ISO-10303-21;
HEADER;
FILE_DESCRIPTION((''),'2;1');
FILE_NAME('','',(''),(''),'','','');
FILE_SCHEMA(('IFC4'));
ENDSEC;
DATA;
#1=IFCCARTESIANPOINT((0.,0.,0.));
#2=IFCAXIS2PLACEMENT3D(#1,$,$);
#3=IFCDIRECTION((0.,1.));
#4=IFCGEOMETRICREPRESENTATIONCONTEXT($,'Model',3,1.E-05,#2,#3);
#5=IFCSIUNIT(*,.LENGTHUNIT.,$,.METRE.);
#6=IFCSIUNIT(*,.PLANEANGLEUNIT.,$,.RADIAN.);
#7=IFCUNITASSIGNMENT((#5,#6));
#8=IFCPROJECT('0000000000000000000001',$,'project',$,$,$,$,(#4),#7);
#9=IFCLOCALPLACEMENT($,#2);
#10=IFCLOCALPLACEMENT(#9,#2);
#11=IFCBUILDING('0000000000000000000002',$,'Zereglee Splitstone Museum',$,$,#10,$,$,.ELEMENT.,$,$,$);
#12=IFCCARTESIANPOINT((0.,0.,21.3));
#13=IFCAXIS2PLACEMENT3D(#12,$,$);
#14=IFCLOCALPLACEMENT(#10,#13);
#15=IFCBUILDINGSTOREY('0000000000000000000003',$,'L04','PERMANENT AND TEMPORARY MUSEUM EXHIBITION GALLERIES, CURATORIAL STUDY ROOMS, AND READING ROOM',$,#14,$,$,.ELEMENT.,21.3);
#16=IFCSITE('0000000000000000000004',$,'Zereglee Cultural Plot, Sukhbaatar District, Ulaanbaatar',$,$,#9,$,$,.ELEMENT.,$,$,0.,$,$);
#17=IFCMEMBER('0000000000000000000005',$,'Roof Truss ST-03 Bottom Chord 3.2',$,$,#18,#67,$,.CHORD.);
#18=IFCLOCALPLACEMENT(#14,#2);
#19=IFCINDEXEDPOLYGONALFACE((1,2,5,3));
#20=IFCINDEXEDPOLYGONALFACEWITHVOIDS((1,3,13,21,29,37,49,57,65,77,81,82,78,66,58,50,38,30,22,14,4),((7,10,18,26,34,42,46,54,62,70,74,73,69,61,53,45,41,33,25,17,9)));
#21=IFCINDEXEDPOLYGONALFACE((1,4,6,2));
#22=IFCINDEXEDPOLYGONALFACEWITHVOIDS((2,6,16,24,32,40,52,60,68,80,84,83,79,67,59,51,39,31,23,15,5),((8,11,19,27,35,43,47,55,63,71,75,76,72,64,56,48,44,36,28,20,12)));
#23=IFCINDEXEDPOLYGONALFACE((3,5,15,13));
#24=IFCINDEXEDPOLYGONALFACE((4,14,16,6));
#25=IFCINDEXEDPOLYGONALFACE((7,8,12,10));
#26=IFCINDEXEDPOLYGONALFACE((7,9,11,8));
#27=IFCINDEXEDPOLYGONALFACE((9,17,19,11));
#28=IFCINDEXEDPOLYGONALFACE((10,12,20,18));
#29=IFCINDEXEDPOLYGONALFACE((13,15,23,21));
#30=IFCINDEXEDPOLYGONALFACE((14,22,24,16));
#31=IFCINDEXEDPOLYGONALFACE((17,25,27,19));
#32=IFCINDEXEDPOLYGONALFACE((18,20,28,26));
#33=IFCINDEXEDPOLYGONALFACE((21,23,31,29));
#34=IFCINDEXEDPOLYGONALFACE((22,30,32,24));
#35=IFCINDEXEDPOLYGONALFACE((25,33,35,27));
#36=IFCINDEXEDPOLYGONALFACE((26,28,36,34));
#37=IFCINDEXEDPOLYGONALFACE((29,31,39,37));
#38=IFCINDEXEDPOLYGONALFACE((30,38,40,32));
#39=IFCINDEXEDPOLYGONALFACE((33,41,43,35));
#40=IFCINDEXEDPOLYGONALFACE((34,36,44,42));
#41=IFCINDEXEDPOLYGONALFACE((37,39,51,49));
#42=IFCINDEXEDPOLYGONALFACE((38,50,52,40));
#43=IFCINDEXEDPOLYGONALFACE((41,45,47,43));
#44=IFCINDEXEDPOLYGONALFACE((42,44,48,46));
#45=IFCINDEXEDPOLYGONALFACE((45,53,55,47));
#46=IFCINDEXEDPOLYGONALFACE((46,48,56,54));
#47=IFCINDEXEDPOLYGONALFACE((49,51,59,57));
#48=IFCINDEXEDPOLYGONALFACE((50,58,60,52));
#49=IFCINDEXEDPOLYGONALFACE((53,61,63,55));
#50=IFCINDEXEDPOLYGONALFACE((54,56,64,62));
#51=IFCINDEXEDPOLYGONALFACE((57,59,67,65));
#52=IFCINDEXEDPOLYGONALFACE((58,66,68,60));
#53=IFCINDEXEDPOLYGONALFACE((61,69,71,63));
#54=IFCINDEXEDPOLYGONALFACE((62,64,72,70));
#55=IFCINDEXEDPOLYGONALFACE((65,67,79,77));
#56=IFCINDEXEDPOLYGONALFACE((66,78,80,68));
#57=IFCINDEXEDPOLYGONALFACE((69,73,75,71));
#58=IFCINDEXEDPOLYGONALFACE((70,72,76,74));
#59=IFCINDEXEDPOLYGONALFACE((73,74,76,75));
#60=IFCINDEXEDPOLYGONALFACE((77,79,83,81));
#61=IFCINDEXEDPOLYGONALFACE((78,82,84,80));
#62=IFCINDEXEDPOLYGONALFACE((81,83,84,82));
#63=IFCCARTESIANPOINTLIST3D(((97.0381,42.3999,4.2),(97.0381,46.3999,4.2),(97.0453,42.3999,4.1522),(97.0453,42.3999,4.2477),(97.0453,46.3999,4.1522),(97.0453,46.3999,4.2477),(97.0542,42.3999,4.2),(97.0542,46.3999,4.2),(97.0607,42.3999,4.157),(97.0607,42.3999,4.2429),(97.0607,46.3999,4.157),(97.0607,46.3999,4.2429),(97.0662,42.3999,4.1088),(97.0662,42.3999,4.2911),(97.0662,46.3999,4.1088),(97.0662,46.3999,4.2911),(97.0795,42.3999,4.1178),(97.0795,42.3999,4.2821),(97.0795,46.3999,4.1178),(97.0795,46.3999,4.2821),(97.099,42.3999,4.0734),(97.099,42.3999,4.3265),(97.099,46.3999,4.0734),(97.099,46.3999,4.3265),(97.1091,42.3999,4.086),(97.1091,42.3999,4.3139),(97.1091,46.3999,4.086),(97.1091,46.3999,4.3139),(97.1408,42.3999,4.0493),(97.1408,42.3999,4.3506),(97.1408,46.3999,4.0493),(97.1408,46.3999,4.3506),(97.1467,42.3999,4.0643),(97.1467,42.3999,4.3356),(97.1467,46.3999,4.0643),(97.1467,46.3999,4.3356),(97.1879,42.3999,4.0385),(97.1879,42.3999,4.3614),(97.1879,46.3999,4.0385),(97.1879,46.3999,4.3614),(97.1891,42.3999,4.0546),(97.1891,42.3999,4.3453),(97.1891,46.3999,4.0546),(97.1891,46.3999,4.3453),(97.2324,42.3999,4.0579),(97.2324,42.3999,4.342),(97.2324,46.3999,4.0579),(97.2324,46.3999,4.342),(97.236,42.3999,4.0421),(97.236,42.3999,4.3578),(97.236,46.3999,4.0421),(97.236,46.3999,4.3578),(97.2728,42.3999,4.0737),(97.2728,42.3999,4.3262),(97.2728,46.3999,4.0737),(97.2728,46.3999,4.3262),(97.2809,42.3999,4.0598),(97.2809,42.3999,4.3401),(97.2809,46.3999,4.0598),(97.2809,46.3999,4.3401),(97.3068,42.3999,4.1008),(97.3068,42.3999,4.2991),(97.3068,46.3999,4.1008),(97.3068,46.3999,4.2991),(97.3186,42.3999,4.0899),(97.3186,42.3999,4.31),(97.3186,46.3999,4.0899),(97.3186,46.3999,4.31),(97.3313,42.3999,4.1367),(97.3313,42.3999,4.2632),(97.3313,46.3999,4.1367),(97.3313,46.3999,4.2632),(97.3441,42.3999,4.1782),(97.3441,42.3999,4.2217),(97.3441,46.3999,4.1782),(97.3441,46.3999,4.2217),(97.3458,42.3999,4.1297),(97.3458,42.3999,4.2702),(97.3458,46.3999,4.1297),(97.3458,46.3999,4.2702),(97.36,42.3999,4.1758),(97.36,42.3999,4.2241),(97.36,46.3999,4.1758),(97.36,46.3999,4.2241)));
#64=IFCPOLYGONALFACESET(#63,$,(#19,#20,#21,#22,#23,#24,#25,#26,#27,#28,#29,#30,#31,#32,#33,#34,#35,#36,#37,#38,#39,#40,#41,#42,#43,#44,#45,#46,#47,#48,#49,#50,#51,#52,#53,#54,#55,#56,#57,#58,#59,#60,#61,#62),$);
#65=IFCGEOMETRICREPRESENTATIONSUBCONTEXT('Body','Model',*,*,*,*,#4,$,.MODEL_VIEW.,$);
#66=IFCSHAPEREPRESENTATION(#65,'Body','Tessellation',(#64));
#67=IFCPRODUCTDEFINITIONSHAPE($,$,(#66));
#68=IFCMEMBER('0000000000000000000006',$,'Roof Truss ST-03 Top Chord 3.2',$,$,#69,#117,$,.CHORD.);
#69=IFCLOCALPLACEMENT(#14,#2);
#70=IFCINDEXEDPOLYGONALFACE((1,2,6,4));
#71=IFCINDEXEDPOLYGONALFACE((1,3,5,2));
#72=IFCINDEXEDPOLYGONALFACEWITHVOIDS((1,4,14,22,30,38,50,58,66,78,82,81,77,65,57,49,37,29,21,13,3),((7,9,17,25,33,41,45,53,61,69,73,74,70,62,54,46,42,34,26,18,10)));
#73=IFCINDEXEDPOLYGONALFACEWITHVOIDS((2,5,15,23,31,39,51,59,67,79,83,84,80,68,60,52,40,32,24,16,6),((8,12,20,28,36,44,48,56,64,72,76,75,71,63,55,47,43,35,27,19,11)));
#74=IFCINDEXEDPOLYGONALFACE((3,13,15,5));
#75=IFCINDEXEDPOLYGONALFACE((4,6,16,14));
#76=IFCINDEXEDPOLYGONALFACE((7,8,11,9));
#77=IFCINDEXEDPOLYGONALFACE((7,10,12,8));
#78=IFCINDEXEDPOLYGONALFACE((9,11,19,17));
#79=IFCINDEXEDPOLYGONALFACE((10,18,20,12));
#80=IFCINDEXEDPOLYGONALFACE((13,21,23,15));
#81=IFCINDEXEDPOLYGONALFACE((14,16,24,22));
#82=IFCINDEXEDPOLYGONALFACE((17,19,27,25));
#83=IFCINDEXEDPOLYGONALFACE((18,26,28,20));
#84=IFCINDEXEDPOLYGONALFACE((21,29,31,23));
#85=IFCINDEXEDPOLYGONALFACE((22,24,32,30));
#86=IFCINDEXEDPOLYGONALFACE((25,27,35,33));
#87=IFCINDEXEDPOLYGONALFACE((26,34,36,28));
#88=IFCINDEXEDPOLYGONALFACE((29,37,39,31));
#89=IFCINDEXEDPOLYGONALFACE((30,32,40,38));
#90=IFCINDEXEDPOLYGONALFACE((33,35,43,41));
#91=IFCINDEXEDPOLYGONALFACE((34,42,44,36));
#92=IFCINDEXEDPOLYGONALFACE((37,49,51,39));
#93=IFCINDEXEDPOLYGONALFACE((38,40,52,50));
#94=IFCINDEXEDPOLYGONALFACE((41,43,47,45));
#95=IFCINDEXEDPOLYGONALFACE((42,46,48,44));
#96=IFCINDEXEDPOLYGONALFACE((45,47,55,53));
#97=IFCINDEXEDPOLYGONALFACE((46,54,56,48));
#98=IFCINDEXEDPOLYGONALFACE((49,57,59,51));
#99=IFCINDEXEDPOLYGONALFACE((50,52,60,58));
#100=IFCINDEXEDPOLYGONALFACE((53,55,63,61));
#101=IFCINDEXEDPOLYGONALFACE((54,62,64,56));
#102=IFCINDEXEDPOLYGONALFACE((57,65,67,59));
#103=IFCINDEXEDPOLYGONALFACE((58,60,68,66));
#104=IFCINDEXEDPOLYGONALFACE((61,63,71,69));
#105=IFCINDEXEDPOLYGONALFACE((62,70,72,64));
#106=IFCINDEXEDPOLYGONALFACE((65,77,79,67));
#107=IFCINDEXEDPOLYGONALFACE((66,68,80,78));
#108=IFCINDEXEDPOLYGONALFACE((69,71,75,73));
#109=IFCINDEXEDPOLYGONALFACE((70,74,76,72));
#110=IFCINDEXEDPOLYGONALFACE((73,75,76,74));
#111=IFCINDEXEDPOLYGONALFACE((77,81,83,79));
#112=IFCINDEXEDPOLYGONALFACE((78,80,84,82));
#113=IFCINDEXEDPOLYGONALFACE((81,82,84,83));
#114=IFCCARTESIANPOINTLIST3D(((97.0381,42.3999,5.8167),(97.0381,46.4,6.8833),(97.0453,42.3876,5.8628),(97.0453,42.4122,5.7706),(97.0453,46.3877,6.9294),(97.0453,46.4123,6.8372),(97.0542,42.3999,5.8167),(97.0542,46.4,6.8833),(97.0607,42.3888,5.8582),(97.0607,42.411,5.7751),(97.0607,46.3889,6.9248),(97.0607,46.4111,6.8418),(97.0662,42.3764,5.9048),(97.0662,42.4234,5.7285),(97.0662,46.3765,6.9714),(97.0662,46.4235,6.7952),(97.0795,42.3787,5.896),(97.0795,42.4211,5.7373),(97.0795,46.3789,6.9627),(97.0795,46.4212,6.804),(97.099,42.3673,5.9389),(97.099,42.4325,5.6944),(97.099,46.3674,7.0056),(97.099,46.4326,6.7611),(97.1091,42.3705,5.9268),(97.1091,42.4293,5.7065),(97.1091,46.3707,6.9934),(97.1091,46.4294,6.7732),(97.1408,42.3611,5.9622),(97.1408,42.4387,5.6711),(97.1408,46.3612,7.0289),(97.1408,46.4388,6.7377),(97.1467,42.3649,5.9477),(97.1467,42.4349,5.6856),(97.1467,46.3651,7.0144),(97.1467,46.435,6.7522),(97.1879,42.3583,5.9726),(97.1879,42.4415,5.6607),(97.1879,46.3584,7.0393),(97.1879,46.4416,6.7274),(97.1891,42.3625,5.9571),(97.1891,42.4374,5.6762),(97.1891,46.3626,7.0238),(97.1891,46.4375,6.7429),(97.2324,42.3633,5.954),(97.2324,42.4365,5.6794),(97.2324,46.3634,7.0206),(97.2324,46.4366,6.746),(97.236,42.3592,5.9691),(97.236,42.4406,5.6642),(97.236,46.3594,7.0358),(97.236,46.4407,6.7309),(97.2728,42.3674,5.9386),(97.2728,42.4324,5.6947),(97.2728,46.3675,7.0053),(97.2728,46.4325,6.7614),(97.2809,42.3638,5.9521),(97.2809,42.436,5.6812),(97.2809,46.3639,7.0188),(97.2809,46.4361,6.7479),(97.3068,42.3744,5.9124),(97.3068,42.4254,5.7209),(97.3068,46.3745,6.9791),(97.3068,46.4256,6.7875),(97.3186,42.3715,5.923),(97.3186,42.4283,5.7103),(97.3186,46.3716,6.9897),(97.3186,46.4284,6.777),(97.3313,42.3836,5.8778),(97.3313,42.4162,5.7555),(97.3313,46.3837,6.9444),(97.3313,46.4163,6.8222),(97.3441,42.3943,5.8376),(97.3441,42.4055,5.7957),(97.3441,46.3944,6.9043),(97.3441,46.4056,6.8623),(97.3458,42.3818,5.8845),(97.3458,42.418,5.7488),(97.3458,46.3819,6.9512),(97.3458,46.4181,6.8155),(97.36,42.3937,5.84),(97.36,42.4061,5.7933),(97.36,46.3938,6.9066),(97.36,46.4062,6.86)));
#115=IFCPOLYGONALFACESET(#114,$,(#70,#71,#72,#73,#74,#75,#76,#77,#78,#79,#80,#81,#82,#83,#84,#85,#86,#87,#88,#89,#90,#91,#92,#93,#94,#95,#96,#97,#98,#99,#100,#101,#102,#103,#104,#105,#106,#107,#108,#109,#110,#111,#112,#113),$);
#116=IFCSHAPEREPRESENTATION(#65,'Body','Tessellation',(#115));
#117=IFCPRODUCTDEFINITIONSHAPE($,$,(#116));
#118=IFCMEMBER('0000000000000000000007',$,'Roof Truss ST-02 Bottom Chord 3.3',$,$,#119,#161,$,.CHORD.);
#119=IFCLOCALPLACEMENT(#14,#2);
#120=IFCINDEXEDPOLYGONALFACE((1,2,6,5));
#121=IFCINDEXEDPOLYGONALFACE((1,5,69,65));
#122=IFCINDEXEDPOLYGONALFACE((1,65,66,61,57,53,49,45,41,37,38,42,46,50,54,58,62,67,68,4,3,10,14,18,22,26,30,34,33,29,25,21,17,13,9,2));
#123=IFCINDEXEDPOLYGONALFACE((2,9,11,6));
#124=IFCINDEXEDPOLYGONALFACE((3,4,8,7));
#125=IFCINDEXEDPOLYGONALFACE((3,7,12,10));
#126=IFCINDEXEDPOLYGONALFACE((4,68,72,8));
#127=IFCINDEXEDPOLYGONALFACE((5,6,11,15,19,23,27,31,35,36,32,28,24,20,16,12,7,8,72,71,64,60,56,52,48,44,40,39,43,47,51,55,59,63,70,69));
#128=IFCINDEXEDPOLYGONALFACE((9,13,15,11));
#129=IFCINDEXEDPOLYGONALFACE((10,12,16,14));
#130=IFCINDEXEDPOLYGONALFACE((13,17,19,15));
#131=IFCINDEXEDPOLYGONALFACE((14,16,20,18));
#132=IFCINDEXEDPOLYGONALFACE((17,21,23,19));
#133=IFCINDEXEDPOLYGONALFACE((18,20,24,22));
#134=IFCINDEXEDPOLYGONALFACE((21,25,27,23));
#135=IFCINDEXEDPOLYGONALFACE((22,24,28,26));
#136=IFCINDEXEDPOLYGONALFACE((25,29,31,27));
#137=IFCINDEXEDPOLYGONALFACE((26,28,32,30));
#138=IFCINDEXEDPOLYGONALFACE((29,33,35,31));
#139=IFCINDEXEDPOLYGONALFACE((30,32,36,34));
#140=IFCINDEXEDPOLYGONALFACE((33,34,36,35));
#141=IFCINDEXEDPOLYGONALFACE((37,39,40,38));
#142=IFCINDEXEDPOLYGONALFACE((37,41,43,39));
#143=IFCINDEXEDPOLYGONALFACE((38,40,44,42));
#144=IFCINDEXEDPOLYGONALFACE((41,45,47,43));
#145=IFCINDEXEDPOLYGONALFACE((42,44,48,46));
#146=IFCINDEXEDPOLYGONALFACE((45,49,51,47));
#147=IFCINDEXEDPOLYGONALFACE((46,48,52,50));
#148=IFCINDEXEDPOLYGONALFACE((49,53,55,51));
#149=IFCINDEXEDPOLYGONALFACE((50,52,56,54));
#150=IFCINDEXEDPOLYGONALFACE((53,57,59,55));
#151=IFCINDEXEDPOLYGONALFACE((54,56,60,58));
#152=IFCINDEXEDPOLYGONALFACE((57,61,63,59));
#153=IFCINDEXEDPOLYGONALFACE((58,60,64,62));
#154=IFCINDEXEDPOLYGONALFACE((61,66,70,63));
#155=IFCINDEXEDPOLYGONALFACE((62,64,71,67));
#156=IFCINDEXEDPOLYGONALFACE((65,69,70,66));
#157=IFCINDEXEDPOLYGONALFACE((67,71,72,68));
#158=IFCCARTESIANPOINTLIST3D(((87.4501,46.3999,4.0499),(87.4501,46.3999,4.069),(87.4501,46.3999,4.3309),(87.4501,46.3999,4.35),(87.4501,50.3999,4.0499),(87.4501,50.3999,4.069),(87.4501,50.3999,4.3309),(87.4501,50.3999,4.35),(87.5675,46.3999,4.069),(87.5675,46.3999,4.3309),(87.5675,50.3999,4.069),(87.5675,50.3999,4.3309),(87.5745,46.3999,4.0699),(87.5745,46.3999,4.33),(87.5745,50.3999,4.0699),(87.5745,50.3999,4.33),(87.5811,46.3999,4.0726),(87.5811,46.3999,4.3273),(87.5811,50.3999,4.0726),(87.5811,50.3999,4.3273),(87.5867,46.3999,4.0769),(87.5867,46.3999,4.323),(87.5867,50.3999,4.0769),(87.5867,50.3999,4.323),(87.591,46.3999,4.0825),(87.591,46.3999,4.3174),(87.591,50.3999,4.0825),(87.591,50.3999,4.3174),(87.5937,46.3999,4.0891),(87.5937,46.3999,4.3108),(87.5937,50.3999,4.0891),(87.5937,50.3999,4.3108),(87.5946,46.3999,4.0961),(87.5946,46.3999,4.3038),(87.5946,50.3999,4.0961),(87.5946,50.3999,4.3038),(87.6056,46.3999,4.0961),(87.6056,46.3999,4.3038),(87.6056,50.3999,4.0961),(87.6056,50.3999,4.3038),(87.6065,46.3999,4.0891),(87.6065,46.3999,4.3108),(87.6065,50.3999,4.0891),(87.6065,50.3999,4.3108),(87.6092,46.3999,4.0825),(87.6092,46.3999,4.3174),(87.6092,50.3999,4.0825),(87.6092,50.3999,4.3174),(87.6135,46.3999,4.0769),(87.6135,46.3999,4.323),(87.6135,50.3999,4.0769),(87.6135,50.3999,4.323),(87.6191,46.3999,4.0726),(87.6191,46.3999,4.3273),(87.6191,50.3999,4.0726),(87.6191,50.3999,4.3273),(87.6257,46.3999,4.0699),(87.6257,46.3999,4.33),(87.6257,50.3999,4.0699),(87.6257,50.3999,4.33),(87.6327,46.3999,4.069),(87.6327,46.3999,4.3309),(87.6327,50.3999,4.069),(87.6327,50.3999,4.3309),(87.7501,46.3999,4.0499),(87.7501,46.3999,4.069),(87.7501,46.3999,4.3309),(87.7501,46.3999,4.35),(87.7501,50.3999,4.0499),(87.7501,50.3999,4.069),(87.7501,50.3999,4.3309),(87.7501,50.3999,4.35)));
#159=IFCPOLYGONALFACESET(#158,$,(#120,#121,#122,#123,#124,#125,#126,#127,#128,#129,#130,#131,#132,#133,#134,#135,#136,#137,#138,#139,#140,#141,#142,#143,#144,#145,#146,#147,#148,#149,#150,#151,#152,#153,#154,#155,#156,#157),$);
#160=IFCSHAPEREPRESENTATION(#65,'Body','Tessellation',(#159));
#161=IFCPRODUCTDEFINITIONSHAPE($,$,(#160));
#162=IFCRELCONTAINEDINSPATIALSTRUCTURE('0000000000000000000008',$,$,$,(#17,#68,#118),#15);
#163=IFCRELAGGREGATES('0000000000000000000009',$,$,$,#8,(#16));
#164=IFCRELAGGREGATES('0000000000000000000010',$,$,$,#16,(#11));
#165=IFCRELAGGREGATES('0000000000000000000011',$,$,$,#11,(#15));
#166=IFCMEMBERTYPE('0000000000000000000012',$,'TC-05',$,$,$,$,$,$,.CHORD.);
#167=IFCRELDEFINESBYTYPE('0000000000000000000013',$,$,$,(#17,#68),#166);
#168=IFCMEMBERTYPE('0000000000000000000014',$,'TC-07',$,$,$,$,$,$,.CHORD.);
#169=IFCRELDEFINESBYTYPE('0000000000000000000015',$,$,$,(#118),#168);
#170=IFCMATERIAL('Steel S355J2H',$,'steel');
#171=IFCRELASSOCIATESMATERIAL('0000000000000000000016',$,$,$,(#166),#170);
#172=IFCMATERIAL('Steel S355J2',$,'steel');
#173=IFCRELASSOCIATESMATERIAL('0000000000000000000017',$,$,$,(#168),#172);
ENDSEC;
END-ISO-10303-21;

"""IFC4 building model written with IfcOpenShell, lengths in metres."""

from ifc_helpers import new_model, si_unit, direction, frame, origin, origin_2d, place, context, subcontext, project, spatial, hollow_circle, i_section, extrude, material, material_profile, profile_set, type_object, element, save


model = new_model("IFC4")

# Units and contexts
model_context = context("Model", 3, precision=1e-05, world=origin(), true_north=direction((0.0, 1.0)))
body_context = subcontext(model_context, "Body", "Model", "MODEL_VIEW")
ifc_project = project(units=[si_unit("LENGTHUNIT", "METRE"), si_unit("PLANEANGLEUNIT", "RADIAN")], contexts=[model_context])

# Site, building, storey
site_placement = place(None, origin())
site = spatial("IfcSite", under=ifc_project, at=site_placement, Name="Zereglee Cultural Plot, Sukhbaatar District, Ulaanbaatar", CompositionType="ELEMENT", RefElevation=0.0)
building_placement = place(site_placement, origin())
building = spatial("IfcBuilding", under=site, at=building_placement, Name="Zereglee Splitstone Museum", CompositionType="ELEMENT")
storey_placement = place(building_placement, frame((0.0, 0.0, 21.3)))
storey = spatial("IfcBuildingStorey", under=building, at=storey_placement, Name="L04", Description="PERMANENT AND TEMPORARY MUSEUM EXHIBITION GALLERIES, CURATORIAL STUDY ROOMS, AND READING ROOM", CompositionType="ELEMENT", Elevation=21.3)

# Shared definitions
ifc_material_1 = material(Name="Steel S355J2", Category="steel")

# Members
ifc_material_2 = material(Name="Steel S355J2H", Category="steel")
ifc_material_profile_1 = material_profile(ifc_material_2, hollow_circle(Radius=0.1619, WallThickness=0.0161, at=origin_2d()), Name="CHS 323.9x16")
ifc_profile_set_1 = profile_set([ifc_material_profile_1], Name="Steel S355J2H")
member_type_1 = type_object("IfcMemberType", Name="TC-05", PredefinedType="CHORD", material=ifc_profile_set_1)
member_1_placement = place(storey_placement, frame((97.2, 42.3999, 4.2), z_axis=(0.0, 1.0, 0.0), x_axis=(-1.0, 0.0, 0.0)))
element("IfcMember", 1, at=member_1_placement, inside=storey, type_object=member_type_1, Name="Roof Truss ST-03 Bottom Chord 3.2", PredefinedType="CHORD", context=body_context, shape_type="SweptSolid", body=[
    extrude(hollow_circle(Radius=0.1619, WallThickness=0.0161, at=origin_2d()), origin(), (0.0, 0.0, 1.0), 4.0),
])
member_2_placement = place(storey_placement, frame((97.2, 42.3999, 5.8167), z_axis=(0.0, 0.966236, 0.257659), x_axis=(-1.0, 0.0, 0.0)))
element("IfcMember", 2, at=member_2_placement, inside=storey, type_object=member_type_1, Name="Roof Truss ST-03 Top Chord 3.2", PredefinedType="CHORD", context=body_context, shape_type="SweptSolid", body=[
    extrude(hollow_circle(Radius=0.1619, WallThickness=0.0161, at=origin_2d()), origin(), (0.0, 0.0, 1.0), 4.1399),
])
ifc_material_profile_2 = material_profile(ifc_material_1, i_section(OverallWidth=0.3, OverallDepth=0.3, WebThickness=0.011, FlangeThickness=0.019, FilletRadius=0.0271, at=origin_2d()), Name="HE 300 B")
ifc_profile_set_2 = profile_set([ifc_material_profile_2], Name="Steel S355J2")
member_type_2 = type_object("IfcMemberType", Name="TC-07", PredefinedType="CHORD", material=ifc_profile_set_2)
member_3_placement = place(storey_placement, frame((87.6001, 46.3999, 4.2), z_axis=(0.0, 1.0, 0.0), x_axis=(-1.0, 0.0, 0.0)))
element("IfcMember", 3, at=member_3_placement, inside=storey, type_object=member_type_2, Name="Roof Truss ST-02 Bottom Chord 3.3", PredefinedType="CHORD", context=body_context, shape_type="SweptSolid", body=[
    extrude(i_section(OverallWidth=0.3, OverallDepth=0.3, WebThickness=0.011, FlangeThickness=0.019, FilletRadius=0.0271, at=origin_2d()), origin(), (0.0, 0.0, 1.0), 4.0),
])

save(model, "model.ifc")
